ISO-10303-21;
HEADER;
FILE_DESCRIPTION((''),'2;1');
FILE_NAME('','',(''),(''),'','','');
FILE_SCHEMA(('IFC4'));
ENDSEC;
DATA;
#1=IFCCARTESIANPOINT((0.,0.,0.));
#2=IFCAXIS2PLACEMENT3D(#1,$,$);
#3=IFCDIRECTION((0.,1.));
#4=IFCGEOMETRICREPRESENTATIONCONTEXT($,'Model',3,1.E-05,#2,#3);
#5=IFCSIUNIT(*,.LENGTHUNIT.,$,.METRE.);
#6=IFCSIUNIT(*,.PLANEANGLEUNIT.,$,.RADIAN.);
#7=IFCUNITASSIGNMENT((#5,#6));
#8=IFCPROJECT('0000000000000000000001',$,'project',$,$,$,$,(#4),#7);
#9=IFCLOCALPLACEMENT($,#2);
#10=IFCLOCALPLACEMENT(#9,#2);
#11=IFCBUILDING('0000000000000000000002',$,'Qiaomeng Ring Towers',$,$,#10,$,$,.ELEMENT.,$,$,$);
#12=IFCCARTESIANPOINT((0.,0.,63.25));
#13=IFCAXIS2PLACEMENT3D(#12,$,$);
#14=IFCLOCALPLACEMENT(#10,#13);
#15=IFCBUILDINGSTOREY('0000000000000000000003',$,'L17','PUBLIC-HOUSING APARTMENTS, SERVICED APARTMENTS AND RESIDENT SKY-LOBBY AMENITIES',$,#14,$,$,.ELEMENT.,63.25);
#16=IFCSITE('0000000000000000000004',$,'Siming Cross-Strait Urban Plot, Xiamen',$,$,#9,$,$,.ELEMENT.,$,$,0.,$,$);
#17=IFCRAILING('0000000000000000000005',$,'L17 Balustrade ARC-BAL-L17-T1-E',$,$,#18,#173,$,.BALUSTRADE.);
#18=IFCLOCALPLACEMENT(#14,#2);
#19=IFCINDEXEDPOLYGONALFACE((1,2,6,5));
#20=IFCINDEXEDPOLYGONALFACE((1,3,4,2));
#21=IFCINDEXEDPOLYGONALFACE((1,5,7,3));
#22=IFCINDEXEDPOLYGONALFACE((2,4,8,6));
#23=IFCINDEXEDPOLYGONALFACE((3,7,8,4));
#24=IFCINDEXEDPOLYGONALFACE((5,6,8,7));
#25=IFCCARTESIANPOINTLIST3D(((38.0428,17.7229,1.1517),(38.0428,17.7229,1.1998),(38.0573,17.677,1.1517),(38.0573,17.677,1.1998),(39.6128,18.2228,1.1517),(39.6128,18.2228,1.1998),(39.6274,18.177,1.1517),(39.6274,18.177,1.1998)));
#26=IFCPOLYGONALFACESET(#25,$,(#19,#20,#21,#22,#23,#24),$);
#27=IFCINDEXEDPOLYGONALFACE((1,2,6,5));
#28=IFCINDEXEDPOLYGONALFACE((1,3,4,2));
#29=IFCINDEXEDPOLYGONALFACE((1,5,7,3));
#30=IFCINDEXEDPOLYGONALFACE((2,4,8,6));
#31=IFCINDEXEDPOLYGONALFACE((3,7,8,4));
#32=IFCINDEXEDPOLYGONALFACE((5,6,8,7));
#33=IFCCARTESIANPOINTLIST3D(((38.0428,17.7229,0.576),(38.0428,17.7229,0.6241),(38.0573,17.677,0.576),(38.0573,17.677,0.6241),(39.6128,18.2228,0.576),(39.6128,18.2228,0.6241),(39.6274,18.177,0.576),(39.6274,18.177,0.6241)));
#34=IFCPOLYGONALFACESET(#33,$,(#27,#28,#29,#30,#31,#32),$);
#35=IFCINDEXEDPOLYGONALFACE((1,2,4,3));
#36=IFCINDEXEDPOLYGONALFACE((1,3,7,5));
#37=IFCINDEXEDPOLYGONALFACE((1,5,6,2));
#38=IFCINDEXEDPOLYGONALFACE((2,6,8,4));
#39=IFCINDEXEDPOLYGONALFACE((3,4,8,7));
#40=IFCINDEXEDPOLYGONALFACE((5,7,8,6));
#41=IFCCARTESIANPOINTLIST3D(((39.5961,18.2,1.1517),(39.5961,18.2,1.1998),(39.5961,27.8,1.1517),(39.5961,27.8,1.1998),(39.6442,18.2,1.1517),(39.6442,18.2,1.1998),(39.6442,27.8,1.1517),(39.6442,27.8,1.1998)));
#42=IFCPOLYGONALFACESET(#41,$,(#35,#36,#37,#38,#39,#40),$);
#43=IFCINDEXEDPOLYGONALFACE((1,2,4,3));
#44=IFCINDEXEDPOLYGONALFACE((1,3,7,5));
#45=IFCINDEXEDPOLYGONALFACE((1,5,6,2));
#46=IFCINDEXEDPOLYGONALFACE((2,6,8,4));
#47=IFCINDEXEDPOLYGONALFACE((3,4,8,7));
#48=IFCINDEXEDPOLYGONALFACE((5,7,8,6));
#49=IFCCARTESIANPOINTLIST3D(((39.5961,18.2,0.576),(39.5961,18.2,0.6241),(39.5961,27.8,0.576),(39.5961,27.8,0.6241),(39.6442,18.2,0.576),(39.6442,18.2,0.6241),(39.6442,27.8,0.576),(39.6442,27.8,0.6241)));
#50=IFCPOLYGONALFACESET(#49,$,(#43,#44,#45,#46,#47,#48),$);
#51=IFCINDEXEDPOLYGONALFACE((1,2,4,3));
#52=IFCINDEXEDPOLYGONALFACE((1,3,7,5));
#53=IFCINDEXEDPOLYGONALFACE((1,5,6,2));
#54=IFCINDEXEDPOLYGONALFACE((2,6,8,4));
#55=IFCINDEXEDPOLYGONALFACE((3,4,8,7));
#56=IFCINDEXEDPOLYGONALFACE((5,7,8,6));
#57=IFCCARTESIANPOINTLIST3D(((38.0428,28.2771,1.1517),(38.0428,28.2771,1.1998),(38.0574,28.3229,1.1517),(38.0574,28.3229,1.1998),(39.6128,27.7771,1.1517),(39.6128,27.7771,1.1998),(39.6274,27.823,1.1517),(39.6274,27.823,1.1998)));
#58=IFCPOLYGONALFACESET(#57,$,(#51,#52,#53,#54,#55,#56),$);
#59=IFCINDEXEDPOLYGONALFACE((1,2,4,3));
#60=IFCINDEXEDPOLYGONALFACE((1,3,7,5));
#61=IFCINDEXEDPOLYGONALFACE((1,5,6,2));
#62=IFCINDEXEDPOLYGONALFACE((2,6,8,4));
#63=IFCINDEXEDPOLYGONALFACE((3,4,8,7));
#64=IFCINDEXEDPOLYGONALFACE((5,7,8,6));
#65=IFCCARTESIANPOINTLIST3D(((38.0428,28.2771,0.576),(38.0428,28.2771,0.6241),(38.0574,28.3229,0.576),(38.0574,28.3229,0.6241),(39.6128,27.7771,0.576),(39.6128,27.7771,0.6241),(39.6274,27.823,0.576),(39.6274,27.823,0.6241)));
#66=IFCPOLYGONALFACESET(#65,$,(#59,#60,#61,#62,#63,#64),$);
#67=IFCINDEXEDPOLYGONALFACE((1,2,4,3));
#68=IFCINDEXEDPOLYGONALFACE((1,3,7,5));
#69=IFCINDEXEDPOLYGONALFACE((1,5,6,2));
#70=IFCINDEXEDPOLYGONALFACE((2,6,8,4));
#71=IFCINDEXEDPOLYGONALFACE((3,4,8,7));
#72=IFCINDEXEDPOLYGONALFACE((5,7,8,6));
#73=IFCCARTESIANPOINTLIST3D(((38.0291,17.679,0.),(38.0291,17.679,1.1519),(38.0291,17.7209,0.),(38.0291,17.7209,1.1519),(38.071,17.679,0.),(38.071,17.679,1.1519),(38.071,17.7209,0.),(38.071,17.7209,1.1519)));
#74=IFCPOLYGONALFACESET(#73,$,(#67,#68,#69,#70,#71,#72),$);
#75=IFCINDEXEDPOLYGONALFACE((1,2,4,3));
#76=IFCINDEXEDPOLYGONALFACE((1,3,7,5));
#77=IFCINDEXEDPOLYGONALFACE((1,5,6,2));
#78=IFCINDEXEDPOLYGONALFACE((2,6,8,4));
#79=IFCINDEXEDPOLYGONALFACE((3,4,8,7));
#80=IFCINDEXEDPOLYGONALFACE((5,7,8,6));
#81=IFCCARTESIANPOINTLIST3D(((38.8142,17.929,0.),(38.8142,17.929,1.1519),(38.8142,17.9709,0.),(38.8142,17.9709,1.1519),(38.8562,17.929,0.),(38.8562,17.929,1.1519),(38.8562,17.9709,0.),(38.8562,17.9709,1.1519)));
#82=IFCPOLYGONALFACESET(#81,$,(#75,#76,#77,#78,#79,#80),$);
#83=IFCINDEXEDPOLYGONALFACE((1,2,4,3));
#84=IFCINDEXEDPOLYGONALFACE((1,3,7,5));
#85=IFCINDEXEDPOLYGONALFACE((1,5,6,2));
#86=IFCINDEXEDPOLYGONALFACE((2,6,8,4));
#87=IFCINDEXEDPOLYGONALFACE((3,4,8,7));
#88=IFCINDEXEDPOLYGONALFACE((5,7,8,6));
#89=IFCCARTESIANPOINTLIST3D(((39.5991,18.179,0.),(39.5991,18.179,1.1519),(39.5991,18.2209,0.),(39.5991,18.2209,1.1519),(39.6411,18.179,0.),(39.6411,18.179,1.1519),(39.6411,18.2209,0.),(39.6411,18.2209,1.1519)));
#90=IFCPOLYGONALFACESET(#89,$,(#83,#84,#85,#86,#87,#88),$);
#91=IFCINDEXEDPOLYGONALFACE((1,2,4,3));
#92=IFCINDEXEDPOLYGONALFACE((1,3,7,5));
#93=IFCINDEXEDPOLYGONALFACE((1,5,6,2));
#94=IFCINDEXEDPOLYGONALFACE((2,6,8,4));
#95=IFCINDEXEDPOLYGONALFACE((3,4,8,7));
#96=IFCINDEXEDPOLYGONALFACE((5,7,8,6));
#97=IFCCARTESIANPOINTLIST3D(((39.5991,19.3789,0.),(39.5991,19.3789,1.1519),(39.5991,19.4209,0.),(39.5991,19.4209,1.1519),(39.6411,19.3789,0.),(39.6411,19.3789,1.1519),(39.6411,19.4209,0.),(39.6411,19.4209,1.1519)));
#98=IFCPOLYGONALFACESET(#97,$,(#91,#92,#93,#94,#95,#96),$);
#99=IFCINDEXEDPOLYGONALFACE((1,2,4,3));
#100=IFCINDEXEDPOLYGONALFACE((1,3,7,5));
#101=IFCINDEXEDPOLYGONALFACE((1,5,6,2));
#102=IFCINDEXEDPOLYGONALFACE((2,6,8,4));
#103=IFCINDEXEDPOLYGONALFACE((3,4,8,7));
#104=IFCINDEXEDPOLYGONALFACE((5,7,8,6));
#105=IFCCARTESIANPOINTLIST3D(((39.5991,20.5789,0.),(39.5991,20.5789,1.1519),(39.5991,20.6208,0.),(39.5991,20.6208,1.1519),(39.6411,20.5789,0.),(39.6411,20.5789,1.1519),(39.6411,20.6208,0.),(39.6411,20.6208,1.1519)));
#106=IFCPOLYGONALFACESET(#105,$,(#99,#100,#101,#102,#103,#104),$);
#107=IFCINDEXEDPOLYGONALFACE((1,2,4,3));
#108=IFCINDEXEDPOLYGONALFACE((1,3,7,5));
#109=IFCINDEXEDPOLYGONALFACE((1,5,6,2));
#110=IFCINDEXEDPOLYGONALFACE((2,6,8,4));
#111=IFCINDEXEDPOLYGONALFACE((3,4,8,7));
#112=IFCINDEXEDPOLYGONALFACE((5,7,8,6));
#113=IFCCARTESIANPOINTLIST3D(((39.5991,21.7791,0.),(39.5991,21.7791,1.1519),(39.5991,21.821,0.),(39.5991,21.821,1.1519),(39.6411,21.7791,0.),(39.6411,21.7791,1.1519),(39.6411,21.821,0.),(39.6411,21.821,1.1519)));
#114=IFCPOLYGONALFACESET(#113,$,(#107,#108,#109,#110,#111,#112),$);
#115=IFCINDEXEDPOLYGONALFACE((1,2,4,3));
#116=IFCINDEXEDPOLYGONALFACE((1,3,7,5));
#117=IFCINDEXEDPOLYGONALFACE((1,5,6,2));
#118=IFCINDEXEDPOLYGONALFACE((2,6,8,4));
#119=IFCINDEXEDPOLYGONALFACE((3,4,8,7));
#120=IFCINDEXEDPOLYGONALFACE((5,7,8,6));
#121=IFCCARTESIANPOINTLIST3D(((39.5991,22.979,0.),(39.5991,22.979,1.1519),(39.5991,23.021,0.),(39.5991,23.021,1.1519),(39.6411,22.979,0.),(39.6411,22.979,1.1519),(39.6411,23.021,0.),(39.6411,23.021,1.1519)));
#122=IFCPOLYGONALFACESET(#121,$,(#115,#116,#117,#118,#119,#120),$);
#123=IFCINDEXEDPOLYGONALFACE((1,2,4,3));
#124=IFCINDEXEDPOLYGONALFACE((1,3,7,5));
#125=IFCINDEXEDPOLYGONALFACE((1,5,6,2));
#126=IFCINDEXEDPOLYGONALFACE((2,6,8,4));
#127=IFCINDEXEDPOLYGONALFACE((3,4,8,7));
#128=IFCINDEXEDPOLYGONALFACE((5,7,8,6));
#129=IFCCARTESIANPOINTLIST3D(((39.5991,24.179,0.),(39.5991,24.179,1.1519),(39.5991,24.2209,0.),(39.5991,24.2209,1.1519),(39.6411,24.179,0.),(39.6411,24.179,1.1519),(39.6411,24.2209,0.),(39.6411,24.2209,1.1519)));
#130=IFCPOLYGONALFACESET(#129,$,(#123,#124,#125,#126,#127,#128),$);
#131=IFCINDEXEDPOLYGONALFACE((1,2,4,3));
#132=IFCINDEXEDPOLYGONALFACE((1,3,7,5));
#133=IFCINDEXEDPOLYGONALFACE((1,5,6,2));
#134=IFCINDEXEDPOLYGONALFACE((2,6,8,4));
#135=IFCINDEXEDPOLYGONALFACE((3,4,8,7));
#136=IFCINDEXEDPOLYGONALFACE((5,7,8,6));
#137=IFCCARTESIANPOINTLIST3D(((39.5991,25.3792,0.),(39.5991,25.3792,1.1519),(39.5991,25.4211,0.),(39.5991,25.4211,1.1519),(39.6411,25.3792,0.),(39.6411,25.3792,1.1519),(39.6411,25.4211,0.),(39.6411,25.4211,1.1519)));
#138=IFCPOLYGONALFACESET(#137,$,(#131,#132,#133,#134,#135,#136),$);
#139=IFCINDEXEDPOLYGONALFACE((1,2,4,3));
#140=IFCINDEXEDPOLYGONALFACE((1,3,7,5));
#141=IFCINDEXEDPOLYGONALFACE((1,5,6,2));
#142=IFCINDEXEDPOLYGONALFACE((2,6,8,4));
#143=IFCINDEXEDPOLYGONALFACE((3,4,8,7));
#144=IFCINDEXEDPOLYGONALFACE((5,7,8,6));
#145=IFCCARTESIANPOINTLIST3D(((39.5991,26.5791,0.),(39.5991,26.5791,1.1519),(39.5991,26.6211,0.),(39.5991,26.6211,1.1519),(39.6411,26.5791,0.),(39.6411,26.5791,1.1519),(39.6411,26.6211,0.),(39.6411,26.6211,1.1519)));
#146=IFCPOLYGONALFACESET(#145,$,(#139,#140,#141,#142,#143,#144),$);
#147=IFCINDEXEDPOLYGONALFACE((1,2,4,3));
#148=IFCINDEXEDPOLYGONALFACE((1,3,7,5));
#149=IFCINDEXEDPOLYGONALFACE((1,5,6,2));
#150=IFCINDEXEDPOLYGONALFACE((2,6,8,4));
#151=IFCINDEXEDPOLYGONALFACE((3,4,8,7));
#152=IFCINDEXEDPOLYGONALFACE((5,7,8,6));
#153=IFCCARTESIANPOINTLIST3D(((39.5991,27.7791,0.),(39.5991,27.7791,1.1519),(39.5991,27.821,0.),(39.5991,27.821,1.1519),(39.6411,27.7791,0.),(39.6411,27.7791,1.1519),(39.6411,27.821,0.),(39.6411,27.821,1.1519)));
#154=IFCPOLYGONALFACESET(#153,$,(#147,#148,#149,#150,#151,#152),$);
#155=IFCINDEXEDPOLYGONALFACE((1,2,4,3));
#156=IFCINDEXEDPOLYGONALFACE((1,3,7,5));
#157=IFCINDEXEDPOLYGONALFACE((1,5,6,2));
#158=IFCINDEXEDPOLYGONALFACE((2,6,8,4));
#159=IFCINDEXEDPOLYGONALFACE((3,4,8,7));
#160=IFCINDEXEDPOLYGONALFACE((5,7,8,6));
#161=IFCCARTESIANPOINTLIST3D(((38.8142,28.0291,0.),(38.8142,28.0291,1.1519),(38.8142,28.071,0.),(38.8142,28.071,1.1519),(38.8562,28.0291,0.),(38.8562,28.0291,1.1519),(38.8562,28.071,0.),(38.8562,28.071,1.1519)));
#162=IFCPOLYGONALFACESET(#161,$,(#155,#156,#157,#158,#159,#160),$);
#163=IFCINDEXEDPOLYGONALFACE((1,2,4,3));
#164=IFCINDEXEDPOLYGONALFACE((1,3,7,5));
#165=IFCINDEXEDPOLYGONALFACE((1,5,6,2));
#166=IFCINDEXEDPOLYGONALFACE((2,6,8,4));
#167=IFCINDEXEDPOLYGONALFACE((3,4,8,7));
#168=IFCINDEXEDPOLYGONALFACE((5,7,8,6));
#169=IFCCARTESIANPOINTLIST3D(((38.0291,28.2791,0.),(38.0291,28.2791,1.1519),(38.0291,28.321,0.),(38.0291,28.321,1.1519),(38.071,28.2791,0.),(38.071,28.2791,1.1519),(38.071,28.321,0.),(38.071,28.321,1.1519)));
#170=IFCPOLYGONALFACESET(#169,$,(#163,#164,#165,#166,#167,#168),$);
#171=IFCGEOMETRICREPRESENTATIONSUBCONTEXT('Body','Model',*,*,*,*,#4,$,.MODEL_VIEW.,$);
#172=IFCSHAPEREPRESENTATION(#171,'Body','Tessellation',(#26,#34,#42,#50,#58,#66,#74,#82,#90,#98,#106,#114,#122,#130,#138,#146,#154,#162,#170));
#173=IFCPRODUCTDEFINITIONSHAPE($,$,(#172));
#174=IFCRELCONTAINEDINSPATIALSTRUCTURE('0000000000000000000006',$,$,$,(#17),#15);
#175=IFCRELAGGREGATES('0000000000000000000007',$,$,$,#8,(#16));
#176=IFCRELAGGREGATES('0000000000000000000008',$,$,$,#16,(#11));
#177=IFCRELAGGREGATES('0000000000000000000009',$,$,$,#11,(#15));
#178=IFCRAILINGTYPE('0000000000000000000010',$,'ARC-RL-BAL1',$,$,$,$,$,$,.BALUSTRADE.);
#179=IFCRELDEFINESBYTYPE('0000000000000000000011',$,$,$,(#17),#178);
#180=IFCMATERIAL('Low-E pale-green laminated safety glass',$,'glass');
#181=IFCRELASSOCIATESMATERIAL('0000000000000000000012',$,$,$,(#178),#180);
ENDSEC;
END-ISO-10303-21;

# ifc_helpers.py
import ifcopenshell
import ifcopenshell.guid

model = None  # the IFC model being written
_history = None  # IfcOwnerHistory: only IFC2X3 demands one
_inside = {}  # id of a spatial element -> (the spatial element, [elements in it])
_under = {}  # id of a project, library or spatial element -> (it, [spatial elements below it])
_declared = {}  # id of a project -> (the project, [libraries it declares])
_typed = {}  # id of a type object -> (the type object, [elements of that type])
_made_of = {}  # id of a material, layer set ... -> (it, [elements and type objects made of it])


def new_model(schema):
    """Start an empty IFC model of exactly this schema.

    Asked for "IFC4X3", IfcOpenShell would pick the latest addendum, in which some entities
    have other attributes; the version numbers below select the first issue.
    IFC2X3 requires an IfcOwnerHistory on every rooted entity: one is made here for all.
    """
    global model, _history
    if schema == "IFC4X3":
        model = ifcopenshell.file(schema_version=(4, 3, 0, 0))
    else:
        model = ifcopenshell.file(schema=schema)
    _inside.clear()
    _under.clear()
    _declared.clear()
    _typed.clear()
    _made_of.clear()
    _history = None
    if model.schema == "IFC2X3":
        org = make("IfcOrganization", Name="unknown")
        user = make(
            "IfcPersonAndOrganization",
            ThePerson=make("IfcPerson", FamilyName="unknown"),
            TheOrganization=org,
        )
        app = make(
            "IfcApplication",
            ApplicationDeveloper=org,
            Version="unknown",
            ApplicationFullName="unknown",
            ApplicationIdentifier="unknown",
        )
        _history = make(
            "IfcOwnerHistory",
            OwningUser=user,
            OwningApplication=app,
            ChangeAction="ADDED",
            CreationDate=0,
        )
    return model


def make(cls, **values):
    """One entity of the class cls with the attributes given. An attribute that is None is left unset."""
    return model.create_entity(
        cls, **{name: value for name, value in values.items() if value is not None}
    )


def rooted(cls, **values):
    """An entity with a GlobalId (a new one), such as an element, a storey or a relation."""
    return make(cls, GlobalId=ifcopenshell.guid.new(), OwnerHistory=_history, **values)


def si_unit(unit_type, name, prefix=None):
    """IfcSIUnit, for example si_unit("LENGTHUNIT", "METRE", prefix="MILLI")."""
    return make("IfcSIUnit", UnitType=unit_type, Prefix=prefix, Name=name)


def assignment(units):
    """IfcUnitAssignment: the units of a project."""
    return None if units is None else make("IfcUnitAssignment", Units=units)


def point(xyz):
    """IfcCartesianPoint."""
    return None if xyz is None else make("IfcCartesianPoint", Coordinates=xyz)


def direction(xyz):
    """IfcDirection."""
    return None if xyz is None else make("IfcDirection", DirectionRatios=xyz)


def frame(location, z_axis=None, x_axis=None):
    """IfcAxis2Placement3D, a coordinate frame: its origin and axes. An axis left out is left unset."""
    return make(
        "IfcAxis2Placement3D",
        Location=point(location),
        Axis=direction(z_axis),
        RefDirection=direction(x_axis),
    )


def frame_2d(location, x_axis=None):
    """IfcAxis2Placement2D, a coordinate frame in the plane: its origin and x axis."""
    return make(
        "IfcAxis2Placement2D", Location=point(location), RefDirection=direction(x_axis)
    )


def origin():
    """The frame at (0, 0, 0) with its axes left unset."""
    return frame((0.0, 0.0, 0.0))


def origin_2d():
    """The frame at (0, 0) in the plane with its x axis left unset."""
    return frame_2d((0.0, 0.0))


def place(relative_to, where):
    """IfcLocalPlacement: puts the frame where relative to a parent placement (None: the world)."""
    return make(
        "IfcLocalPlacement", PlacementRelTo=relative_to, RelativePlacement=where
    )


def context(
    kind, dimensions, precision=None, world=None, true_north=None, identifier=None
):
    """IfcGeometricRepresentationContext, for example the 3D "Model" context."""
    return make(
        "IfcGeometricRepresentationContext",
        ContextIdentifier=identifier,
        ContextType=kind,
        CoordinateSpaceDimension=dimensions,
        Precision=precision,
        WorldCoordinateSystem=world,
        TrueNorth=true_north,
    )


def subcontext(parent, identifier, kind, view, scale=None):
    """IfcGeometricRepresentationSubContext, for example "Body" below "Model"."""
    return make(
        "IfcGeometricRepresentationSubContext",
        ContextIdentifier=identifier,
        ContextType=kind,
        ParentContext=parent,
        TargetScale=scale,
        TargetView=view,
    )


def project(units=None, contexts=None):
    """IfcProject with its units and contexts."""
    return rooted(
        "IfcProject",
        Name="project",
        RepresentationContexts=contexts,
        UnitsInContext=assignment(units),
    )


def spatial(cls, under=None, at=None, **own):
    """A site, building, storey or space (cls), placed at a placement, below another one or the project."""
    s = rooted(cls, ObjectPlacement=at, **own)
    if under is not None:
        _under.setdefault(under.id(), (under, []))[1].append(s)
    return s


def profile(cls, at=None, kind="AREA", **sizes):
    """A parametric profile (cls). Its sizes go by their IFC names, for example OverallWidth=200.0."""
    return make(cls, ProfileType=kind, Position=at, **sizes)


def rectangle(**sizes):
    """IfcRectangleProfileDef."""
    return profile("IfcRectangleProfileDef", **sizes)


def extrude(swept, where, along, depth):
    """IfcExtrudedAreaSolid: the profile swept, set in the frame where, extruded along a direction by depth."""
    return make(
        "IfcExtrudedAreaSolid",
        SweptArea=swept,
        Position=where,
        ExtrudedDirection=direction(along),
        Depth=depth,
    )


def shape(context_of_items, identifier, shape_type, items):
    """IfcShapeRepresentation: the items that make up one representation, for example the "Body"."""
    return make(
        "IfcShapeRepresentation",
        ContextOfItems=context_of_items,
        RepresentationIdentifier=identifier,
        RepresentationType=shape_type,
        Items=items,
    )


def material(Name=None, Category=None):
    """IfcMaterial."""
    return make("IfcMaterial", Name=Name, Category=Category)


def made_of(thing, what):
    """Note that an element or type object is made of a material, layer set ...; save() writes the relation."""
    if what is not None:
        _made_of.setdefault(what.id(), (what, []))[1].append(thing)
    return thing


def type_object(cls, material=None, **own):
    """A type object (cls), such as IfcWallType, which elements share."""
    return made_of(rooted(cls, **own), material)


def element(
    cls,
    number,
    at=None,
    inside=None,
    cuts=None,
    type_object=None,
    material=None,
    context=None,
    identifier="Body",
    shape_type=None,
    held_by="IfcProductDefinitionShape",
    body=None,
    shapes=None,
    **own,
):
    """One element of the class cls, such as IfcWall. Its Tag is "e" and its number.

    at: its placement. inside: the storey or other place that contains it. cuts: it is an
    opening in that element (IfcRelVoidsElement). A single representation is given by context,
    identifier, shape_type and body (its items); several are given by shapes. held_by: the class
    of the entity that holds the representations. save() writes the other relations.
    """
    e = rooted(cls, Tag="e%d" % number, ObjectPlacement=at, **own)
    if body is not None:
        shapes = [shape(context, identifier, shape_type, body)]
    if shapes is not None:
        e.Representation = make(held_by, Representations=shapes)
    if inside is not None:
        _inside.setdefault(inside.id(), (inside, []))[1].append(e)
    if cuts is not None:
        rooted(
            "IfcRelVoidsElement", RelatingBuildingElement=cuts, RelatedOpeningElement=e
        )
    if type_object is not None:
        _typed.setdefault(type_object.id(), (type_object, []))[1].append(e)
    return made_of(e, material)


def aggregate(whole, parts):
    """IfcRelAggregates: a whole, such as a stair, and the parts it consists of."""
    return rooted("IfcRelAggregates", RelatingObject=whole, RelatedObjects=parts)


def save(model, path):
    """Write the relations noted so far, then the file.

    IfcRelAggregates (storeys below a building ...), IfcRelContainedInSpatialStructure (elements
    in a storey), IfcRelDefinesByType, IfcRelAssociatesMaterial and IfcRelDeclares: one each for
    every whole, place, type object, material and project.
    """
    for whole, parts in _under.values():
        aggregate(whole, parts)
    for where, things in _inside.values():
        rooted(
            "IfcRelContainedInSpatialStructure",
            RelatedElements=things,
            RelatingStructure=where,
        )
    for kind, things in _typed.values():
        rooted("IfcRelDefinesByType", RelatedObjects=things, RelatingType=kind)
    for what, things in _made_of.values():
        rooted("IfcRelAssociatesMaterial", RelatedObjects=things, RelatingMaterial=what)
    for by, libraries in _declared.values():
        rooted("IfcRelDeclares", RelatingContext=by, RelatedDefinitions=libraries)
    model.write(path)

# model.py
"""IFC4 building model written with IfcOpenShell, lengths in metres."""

from ifc_helpers import new_model, si_unit, direction, frame, origin, origin_2d, place, context, subcontext, project, spatial, rectangle, extrude, material, type_object, element, save


model = new_model("IFC4")

# Units and contexts
model_context = context("Model", 3, precision=1e-05, world=origin(), true_north=direction((0.0, 1.0)))
body_context = subcontext(model_context, "Body", "Model", "MODEL_VIEW")
ifc_project = project(units=[si_unit("LENGTHUNIT", "METRE"), si_unit("PLANEANGLEUNIT", "RADIAN")], contexts=[model_context])

# Site, building, storey
site_placement = place(None, origin())
site = spatial("IfcSite", under=ifc_project, at=site_placement, Name="Siming Cross-Strait Urban Plot, Xiamen", CompositionType="ELEMENT", RefElevation=0.0)
building_placement = place(site_placement, origin())
building = spatial("IfcBuilding", under=site, at=building_placement, Name="Qiaomeng Ring Towers", CompositionType="ELEMENT")
storey_placement = place(building_placement, frame((0.0, 0.0, 63.25)))
storey = spatial("IfcBuildingStorey", under=building, at=storey_placement, Name="L17", Description="PUBLIC-HOUSING APARTMENTS, SERVICED APARTMENTS AND RESIDENT SKY-LOBBY AMENITIES", CompositionType="ELEMENT", Elevation=63.25)

# Railing
ifc_material_1 = material(Name="Low-E pale-green laminated safety glass", Category="glass")
railing_type = type_object("IfcRailingType", Name="ARC-RL-BAL1", PredefinedType="BALUSTRADE", material=ifc_material_1)
railing_1_placement = place(storey_placement, frame((38.05, 17.7, 0.0)))
element("IfcRailing", 1, at=railing_1_placement, inside=storey, type_object=railing_type, Name="L17 Balustrade ARC-BAL-L17-T1-E", PredefinedType="BALUSTRADE", context=body_context, shape_type="SweptSolid", body=[
    extrude(rectangle(XDim=0.0481, YDim=0.0481, at=origin_2d()), frame((0.0, 0.0, 1.1758), z_axis=(0.95285, 0.303442, 0.0), x_axis=(-0.303442, 0.95285, 0.0)), (0.0, 0.0, 1.0), 1.6477),
    extrude(rectangle(XDim=0.0481, YDim=0.0481, at=origin_2d()), frame((0.0, 0.0, 0.6001), z_axis=(0.95285, 0.303442, 0.0), x_axis=(-0.303442, 0.95285, 0.0)), (0.0, 0.0, 1.0), 1.6477),
    extrude(rectangle(XDim=0.0481, YDim=0.0481, at=origin_2d()), frame((1.5701, 0.5, 1.1758), z_axis=(0.0, 1.0, 0.0), x_axis=(-1.0, 0.0, 0.0)), (0.0, 0.0, 1.0), 9.6001),
    extrude(rectangle(XDim=0.0481, YDim=0.0481, at=origin_2d()), frame((1.5701, 0.5, 0.6001), z_axis=(0.0, 1.0, 0.0), x_axis=(-1.0, 0.0, 0.0)), (0.0, 0.0, 1.0), 9.6001),
    extrude(rectangle(XDim=0.0481, YDim=0.0481, at=origin_2d()), frame((1.5701, 10.1001, 1.1758), z_axis=(-0.95285, 0.303442, 0.0), x_axis=(-0.303442, -0.95285, 0.0)), (0.0, 0.0, 1.0), 1.6477),
    extrude(rectangle(XDim=0.0481, YDim=0.0481, at=origin_2d()), frame((1.5701, 10.1001, 0.6001), z_axis=(-0.95285, 0.303442, 0.0), x_axis=(-0.303442, -0.95285, 0.0)), (0.0, 0.0, 1.0), 1.6477),
    extrude(rectangle(XDim=0.042, YDim=0.042, at=origin_2d()), origin(), (0.0, 0.0, 1.0), 1.1519),
    extrude(rectangle(XDim=0.042, YDim=0.042, at=origin_2d()), frame((0.7852, 0.25, 0.0)), (0.0, 0.0, 1.0), 1.1519),
    extrude(rectangle(XDim=0.042, YDim=0.042, at=origin_2d()), frame((1.5701, 0.5, 0.0)), (0.0, 0.0, 1.0), 1.1519),
    extrude(rectangle(XDim=0.042, YDim=0.042, at=origin_2d()), frame((1.5701, 1.7, 0.0)), (0.0, 0.0, 1.0), 1.1519),
    extrude(rectangle(XDim=0.042, YDim=0.042, at=origin_2d()), frame((1.5701, 2.8999, 0.0)), (0.0, 0.0, 1.0), 1.1519),
    extrude(rectangle(XDim=0.042, YDim=0.042, at=origin_2d()), frame((1.5701, 4.1001, 0.0)), (0.0, 0.0, 1.0), 1.1519),
    extrude(rectangle(XDim=0.042, YDim=0.042, at=origin_2d()), frame((1.5701, 5.3, 0.0)), (0.0, 0.0, 1.0), 1.1519),
    extrude(rectangle(XDim=0.042, YDim=0.042, at=origin_2d()), frame((1.5701, 6.5, 0.0)), (0.0, 0.0, 1.0), 1.1519),
    extrude(rectangle(XDim=0.042, YDim=0.042, at=origin_2d()), frame((1.5701, 7.7002, 0.0)), (0.0, 0.0, 1.0), 1.1519),
    extrude(rectangle(XDim=0.042, YDim=0.042, at=origin_2d()), frame((1.5701, 8.9001, 0.0)), (0.0, 0.0, 1.0), 1.1519),
    extrude(rectangle(XDim=0.042, YDim=0.042, at=origin_2d()), frame((1.5701, 10.1001, 0.0)), (0.0, 0.0, 1.0), 1.1519),
    extrude(rectangle(XDim=0.042, YDim=0.042, at=origin_2d()), frame((0.7852, 10.3501, 0.0)), (0.0, 0.0, 1.0), 1.1519),
    extrude(rectangle(XDim=0.042, YDim=0.042, at=origin_2d()), frame((0.0, 10.6001, 0.0)), (0.0, 0.0, 1.0), 1.1519),
])

save(model, "model.ifc")
